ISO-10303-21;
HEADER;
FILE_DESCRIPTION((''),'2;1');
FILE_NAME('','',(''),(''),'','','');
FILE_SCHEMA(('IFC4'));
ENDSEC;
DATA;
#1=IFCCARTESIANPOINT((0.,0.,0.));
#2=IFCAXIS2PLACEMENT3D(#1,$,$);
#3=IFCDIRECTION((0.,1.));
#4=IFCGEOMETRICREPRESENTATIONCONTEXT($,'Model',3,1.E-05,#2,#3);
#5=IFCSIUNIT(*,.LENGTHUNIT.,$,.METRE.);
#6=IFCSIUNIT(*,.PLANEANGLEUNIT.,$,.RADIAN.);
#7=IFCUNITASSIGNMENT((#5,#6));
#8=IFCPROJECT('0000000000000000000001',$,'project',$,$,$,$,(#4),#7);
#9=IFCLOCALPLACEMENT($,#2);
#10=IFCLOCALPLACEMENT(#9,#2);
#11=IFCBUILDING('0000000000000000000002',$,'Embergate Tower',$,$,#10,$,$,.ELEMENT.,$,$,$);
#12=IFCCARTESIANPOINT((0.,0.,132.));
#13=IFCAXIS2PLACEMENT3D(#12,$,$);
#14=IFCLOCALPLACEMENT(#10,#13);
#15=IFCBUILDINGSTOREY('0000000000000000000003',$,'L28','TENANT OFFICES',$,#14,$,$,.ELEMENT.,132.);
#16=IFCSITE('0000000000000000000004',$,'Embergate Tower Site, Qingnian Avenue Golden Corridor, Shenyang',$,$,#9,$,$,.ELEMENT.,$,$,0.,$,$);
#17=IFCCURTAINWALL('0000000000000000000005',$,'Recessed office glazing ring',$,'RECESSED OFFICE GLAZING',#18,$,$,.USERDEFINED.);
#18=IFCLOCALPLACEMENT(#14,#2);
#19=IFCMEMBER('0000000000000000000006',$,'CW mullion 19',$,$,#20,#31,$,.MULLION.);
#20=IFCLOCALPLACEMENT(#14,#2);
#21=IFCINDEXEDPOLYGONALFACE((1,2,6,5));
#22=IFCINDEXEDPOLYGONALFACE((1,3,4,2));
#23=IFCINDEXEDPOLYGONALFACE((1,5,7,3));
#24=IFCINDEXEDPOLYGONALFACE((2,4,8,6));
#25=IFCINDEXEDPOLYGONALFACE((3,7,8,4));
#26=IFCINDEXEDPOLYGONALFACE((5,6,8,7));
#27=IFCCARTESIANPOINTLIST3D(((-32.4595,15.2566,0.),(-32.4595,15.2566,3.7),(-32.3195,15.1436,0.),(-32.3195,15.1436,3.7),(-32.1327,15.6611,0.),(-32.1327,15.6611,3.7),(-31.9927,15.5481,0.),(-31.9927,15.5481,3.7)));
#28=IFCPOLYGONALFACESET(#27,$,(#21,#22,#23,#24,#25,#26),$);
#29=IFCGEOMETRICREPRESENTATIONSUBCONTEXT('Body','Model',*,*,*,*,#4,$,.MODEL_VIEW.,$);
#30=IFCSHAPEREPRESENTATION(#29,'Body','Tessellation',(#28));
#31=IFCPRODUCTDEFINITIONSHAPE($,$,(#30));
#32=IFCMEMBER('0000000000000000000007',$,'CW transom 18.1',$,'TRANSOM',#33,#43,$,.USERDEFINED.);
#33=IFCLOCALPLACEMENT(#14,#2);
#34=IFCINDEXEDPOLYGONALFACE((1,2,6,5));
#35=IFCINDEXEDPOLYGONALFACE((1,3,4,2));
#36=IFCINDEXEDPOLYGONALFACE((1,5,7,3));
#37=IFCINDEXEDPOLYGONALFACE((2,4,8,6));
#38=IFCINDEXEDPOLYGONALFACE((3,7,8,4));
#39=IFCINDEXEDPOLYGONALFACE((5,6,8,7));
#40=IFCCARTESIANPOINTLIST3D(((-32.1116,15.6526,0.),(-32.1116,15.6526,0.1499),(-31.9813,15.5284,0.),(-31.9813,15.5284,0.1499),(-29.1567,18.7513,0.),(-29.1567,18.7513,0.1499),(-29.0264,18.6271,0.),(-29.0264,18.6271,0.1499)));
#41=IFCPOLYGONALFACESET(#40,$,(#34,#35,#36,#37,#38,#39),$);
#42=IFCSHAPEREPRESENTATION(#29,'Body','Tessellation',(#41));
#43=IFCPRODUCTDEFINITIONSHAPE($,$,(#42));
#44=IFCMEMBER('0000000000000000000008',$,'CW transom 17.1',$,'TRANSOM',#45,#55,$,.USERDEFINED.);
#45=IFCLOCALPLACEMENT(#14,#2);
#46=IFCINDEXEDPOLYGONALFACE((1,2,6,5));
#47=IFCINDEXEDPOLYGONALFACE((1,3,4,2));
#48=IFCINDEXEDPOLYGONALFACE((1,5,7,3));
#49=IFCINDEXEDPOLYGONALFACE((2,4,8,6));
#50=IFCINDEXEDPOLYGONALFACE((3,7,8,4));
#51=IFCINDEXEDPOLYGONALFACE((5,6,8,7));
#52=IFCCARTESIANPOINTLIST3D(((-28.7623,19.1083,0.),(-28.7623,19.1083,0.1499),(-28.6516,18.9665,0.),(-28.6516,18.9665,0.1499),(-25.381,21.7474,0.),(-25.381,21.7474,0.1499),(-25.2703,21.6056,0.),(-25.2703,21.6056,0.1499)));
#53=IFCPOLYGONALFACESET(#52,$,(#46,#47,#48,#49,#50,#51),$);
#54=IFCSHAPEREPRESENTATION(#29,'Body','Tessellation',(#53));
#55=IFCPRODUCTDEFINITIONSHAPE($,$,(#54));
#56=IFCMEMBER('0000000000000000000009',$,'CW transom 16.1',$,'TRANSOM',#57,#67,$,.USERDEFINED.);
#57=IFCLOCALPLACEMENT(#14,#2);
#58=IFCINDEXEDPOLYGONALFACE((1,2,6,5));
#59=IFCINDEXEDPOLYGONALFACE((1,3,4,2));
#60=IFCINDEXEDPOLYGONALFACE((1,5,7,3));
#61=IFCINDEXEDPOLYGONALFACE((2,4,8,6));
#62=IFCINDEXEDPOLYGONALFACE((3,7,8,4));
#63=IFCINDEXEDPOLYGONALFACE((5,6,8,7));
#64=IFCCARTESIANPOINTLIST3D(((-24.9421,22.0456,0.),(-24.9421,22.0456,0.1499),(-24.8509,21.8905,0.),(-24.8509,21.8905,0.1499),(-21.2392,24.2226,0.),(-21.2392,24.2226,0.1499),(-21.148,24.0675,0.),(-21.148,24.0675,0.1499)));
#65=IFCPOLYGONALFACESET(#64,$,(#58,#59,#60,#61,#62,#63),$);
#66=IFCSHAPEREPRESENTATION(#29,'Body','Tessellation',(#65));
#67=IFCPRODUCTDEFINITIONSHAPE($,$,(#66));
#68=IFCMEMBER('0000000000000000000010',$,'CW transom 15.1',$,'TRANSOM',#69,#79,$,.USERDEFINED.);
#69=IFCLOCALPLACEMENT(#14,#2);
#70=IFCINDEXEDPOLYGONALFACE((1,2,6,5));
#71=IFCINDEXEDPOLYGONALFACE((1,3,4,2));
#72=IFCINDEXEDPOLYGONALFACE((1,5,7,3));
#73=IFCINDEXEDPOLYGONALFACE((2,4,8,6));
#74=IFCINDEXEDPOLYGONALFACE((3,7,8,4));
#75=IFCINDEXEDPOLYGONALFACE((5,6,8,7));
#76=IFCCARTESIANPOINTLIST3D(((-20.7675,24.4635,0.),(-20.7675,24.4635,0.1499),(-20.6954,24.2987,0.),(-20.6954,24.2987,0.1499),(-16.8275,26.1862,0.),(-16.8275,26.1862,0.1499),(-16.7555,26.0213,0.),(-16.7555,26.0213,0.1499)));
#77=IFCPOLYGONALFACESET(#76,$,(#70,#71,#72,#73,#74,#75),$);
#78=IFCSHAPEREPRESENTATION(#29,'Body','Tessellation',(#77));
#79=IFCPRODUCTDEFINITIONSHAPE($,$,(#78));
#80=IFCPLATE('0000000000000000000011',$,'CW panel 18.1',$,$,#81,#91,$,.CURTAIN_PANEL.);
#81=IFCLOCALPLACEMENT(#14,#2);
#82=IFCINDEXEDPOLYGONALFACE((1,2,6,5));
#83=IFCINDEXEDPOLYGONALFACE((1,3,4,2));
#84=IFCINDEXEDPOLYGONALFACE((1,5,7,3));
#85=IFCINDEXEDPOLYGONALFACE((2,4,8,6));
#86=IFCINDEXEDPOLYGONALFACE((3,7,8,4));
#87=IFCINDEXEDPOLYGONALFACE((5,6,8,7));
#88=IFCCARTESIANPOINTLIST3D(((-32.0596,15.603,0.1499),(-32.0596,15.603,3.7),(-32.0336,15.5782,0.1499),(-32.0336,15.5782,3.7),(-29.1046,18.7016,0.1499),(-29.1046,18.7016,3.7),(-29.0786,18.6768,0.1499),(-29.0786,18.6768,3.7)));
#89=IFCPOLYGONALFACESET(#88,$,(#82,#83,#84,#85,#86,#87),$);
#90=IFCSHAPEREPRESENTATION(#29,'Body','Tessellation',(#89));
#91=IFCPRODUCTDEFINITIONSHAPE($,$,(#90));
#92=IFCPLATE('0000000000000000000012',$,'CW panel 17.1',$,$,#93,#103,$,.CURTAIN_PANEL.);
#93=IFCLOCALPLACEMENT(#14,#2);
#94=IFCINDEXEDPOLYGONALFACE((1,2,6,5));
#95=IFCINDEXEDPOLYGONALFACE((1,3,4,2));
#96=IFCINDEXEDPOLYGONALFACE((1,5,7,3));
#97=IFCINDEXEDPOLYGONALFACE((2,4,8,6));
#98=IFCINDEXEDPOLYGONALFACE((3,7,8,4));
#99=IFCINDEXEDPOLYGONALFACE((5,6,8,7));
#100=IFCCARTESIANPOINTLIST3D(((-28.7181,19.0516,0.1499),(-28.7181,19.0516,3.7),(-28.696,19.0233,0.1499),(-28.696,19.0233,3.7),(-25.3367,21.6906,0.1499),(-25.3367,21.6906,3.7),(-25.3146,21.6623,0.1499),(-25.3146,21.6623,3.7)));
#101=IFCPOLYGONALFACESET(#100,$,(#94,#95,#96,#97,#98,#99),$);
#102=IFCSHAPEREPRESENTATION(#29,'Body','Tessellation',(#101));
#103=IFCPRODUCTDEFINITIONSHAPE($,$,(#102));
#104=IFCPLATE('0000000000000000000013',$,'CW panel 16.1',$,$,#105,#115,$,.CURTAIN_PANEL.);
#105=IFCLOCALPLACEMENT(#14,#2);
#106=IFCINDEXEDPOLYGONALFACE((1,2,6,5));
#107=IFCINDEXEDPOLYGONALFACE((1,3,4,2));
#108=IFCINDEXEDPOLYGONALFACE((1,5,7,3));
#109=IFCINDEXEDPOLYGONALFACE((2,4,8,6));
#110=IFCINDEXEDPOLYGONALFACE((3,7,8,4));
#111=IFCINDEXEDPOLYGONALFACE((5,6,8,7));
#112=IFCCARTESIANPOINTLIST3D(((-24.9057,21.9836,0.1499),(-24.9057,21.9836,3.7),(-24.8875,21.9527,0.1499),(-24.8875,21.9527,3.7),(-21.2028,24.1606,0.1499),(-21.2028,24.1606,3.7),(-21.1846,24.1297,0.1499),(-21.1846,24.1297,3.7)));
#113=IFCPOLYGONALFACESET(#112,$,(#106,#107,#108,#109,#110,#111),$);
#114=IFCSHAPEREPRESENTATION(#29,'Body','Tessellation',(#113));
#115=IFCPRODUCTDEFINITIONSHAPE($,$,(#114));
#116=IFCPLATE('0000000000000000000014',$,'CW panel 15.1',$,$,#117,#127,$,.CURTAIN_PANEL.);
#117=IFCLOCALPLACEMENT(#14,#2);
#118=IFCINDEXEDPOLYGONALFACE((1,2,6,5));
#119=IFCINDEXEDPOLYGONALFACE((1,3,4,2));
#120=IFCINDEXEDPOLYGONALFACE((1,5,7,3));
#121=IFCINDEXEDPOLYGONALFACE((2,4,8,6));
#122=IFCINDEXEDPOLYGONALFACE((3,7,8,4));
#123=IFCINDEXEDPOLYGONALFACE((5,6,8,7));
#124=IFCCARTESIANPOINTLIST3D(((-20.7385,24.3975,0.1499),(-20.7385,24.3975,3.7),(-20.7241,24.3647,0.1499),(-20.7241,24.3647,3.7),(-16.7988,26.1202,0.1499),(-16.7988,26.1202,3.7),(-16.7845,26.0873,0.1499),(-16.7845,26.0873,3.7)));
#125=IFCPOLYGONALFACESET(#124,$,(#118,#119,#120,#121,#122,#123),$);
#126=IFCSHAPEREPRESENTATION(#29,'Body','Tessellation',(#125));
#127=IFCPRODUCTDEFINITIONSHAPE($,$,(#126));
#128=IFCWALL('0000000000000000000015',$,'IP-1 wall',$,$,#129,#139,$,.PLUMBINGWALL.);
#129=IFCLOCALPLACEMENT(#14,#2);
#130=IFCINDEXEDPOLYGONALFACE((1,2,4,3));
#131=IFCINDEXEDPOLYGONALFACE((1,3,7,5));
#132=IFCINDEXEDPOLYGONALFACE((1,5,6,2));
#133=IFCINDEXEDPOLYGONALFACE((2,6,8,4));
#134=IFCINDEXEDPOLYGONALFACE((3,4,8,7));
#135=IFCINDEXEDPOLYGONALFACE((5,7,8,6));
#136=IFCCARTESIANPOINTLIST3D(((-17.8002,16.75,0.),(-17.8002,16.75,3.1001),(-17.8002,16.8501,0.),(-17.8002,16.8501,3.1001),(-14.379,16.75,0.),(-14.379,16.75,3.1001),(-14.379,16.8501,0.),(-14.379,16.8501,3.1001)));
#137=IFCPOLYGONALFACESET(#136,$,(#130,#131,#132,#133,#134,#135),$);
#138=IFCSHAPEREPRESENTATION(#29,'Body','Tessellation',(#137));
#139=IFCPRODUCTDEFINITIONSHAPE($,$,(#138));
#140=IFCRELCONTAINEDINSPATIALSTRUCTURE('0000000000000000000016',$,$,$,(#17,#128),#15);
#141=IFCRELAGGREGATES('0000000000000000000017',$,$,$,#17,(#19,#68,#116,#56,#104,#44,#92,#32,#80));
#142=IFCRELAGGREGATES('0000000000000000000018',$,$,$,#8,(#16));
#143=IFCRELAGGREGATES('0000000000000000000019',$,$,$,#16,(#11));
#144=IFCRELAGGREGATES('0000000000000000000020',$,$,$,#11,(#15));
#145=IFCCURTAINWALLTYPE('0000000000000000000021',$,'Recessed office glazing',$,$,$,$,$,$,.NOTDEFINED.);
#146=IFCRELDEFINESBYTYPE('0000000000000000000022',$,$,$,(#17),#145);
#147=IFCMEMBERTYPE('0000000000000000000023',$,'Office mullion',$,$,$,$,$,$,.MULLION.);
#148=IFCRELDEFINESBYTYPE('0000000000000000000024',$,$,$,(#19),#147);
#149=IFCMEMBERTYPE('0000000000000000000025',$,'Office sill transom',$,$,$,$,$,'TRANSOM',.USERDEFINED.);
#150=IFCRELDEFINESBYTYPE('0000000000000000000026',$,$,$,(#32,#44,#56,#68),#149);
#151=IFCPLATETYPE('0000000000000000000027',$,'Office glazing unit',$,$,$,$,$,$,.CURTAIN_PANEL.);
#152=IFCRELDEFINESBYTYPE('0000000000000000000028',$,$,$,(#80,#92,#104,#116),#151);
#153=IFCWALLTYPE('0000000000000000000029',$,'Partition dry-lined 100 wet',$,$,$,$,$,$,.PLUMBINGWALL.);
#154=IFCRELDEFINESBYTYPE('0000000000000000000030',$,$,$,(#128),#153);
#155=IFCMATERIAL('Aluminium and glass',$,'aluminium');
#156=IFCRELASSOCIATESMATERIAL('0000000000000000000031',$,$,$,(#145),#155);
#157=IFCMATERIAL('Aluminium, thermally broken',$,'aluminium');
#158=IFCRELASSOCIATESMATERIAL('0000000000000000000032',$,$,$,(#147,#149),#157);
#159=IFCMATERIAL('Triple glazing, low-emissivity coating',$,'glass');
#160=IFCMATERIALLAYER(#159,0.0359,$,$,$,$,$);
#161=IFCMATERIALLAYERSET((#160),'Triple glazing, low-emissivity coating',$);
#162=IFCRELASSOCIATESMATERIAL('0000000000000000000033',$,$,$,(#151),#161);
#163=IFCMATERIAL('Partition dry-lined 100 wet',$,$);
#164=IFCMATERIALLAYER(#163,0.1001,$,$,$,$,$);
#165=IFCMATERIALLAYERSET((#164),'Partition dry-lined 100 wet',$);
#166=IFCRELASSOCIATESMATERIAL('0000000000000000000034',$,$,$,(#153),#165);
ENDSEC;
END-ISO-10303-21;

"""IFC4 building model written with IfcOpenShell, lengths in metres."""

from ifc_helpers import new_model, si_unit, direction, frame, frame_2d, origin, origin_2d, place, context, subcontext, project, spatial, rectangle, extrude, source, transform, mapped, material, layer, layer_set, material_profile, profile_set, type_object, element, aggregate, save


model = new_model("IFC4")

# Units and contexts
model_context = context("Model", 3, precision=1e-05, world=origin(), true_north=direction((0.0, 1.0)))
body_context = subcontext(model_context, "Body", "Model", "MODEL_VIEW")
ifc_project = project(units=[si_unit("LENGTHUNIT", "METRE"), si_unit("PLANEANGLEUNIT", "RADIAN")], contexts=[model_context])

# Site, building, storey
site_placement = place(None, origin())
site = spatial("IfcSite", under=ifc_project, at=site_placement, Name="Embergate Tower Site, Qingnian Avenue Golden Corridor, Shenyang", CompositionType="ELEMENT", RefElevation=0.0)
building_placement = place(site_placement, origin())
building = spatial("IfcBuilding", under=site, at=building_placement, Name="Embergate Tower", CompositionType="ELEMENT")
storey_placement = place(building_placement, frame((0.0, 0.0, 132.0)))
storey = spatial("IfcBuildingStorey", under=building, at=storey_placement, Name="L28", Description="TENANT OFFICES", CompositionType="ELEMENT", Elevation=132.0)

# Curtain wall, members, plates
ifc_material_1 = material(Name="Aluminium and glass", Category="aluminium")
curtain_wall_type = type_object("IfcCurtainWallType", Name="Recessed office glazing", PredefinedType="NOTDEFINED", material=ifc_material_1)
curtain_wall_placement = place(storey_placement, origin())
curtain_wall = element("IfcCurtainWall", 1, at=curtain_wall_placement, inside=storey, type_object=curtain_wall_type, Name="Recessed office glazing ring", ObjectType="RECESSED OFFICE GLAZING", PredefinedType="USERDEFINED")
ifc_material_2 = material(Name="Aluminium, thermally broken", Category="aluminium")
ifc_material_profile_1 = material_profile(ifc_material_2, rectangle(XDim=0.1799, YDim=0.52, at=origin_2d()), Name="AL 520x180")
ifc_profile_set_1 = profile_set([ifc_material_profile_1], Name="Aluminium, thermally broken")
member_type_1 = type_object("IfcMemberType", Name="Office mullion", PredefinedType="MULLION", material=ifc_profile_set_1)
shared_shape_1 = source(origin(), body_context, "Body", "SweptSolid", [
    extrude(rectangle(XDim=0.1799, YDim=0.52, at=origin_2d()), origin(), (0.0, 0.0, 1.0), 3.7),
])
member_1_placement = place(storey_placement, frame((-32.2261, 15.4023, 0.0), z_axis=(0.0, 0.0, 1.0), x_axis=(0.777873, -0.628422, 0.0)))
member_1 = element("IfcMember", 2, at=member_1_placement, type_object=member_type_1, Name="CW mullion 19", PredefinedType="MULLION", context=body_context, shape_type="MappedRepresentation", body=[
    mapped(shared_shape_1, transform((0.0, 0.0, 0.0))),
])
ifc_material_profile_2 = material_profile(ifc_material_2, rectangle(XDim=0.1799, YDim=0.1499, at=origin_2d()), Name="AL 150x180")
ifc_profile_set_2 = profile_set([ifc_material_profile_2], Name="Aluminium, thermally broken")
member_type_2 = type_object("IfcMemberType", Name="Office sill transom", ElementType="TRANSOM", PredefinedType="USERDEFINED", material=ifc_profile_set_2)
shared_shape_2 = source(origin(), body_context, "Body", "SweptSolid", [
    extrude(rectangle(XDim=0.1799, YDim=0.1499, at=origin_2d()), origin(), (0.0, 0.0, 1.0), 4.2817),
])
member_2_placement = place(storey_placement, frame((-29.0916, 18.6892, 0.075), z_axis=(-0.690115, -0.7237, 0.0), x_axis=(0.7237, -0.690115, 0.0)))
member_2 = element("IfcMember", 3, at=member_2_placement, type_object=member_type_2, Name="CW transom 18.1", ObjectType="TRANSOM", PredefinedType="USERDEFINED", context=body_context, shape_type="MappedRepresentation", body=[
    mapped(shared_shape_2, transform((0.0, 0.0, 0.0))),
])
shared_shape_3 = source(origin(), body_context, "Body", "SweptSolid", [
    extrude(rectangle(XDim=0.1799, YDim=0.1499, at=origin_2d()), origin(), (0.0, 0.0, 1.0), 4.2893),
])
member_3_placement = place(storey_placement, frame((-25.3257, 21.6765, 0.075), z_axis=(-0.788309, -0.615279, 0.0), x_axis=(0.615279, -0.788309, 0.0)))
member_3 = element("IfcMember", 4, at=member_3_placement, type_object=member_type_2, Name="CW transom 17.1", ObjectType="TRANSOM", PredefinedType="USERDEFINED", context=body_context, shape_type="MappedRepresentation", body=[
    mapped(shared_shape_3, transform((0.0, 0.0, 0.0))),
])
shared_shape_4 = source(origin(), body_context, "Body", "SweptSolid", [
    extrude(rectangle(XDim=0.1799, YDim=0.1499, at=origin_2d()), origin(), (0.0, 0.0, 1.0), 4.2954),
])
member_4_placement = place(storey_placement, frame((-21.1936, 24.145, 0.075), z_axis=(-0.862053, -0.506819, 0.0), x_axis=(0.506819, -0.862053, 0.0)))
member_4 = element("IfcMember", 5, at=member_4_placement, type_object=member_type_2, Name="CW transom 16.1", ObjectType="TRANSOM", PredefinedType="USERDEFINED", context=body_context, shape_type="MappedRepresentation", body=[
    mapped(shared_shape_4, transform((0.0, 0.0, 0.0))),
])
shared_shape_5 = source(origin(), body_context, "Body", "SweptSolid", [
    extrude(rectangle(XDim=0.1799, YDim=0.1499, at=origin_2d()), origin(), (0.0, 0.0, 1.0), 4.3),
])
member_5_placement = place(storey_placement, frame((-16.7915, 26.1038, 0.075), z_axis=(-0.916249, -0.40061, 0.0), x_axis=(0.40061, -0.916249, 0.0)))
member_5 = element("IfcMember", 6, at=member_5_placement, type_object=member_type_2, Name="CW transom 15.1", ObjectType="TRANSOM", PredefinedType="USERDEFINED", context=body_context, shape_type="MappedRepresentation", body=[
    mapped(shared_shape_5, transform((0.0, 0.0, 0.0))),
])
ifc_material_3 = material(Name="Triple glazing, low-emissivity coating", Category="glass")
ifc_layer_1 = layer(ifc_material_3, 0.0359)
ifc_layer_set_1 = layer_set([ifc_layer_1], Name="Triple glazing, low-emissivity coating")
plate_type = type_object("IfcPlateType", Name="Office glazing unit", PredefinedType="CURTAIN_PANEL", material=ifc_layer_set_1)
shared_shape_6 = source(origin(), body_context, "Body", "SweptSolid", [
    extrude(rectangle(XDim=4.2817, YDim=0.0359, at=origin_2d()), origin(), (0.0, 0.0, 1.0), 3.55),
])
plate_1_placement = place(storey_placement, frame((-30.5691, 17.1399, 0.1499), z_axis=(0.0, 0.0, 1.0), x_axis=(-0.690136, -0.723679, 0.0)))
plate_1 = element("IfcPlate", 7, at=plate_1_placement, type_object=plate_type, Name="CW panel 18.1", PredefinedType="CURTAIN_PANEL", context=body_context, shape_type="MappedRepresentation", body=[
    mapped(shared_shape_6, transform((0.0, 0.0, 0.0))),
])
shared_shape_7 = source(origin(), body_context, "Body", "SweptSolid", [
    extrude(rectangle(XDim=4.2893, YDim=0.0359, at=origin_2d()), origin(), (0.0, 0.0, 1.0), 3.55),
])
plate_2_placement = place(storey_placement, frame((-27.0164, 20.3569, 0.1499), z_axis=(0.0, 0.0, 1.0), x_axis=(-0.788322, -0.615263, 0.0)))
plate_2 = element("IfcPlate", 8, at=plate_2_placement, type_object=plate_type, Name="CW panel 17.1", PredefinedType="CURTAIN_PANEL", context=body_context, shape_type="MappedRepresentation", body=[
    mapped(shared_shape_7, transform((0.0, 0.0, 0.0))),
])
shared_shape_8 = source(origin(), body_context, "Body", "SweptSolid", [
    extrude(rectangle(XDim=4.2954, YDim=0.0359, at=origin_2d()), origin(), (0.0, 0.0, 1.0), 3.55),
])
plate_3_placement = place(storey_placement, frame((-23.0452, 23.0566, 0.1499), z_axis=(0.0, 0.0, 1.0), x_axis=(-0.862054, -0.506816, 0.0)))
plate_3 = element("IfcPlate", 9, at=plate_3_placement, type_object=plate_type, Name="CW panel 16.1", PredefinedType="CURTAIN_PANEL", context=body_context, shape_type="MappedRepresentation", body=[
    mapped(shared_shape_8, transform((0.0, 0.0, 0.0))),
])
shared_shape_9 = source(origin(), body_context, "Body", "SweptSolid", [
    extrude(rectangle(XDim=4.2998, YDim=0.0359, at=origin_2d()), origin(), (0.0, 0.0, 1.0), 3.55),
])
plate_4_placement = place(storey_placement, frame((-18.7615, 25.2424, 0.1499), z_axis=(0.0, 0.0, 1.0), x_axis=(-0.916237, -0.400637, 0.0)))
plate_4 = element("IfcPlate", 10, at=plate_4_placement, type_object=plate_type, Name="CW panel 15.1", PredefinedType="CURTAIN_PANEL", context=body_context, shape_type="MappedRepresentation", body=[
    mapped(shared_shape_9, transform((0.0, 0.0, 0.0))),
])
aggregate(curtain_wall, [member_1, member_5, plate_4, member_4, plate_3, member_3, plate_2, member_2, plate_1])

# Wall
ifc_material_4 = material(Name="Partition dry-lined 100 wet")
ifc_layer_2 = layer(ifc_material_4, 0.1001)
ifc_layer_set_2 = layer_set([ifc_layer_2], Name="Partition dry-lined 100 wet")
wall_type = type_object("IfcWallType", Name="Partition dry-lined 100 wet", PredefinedType="PLUMBINGWALL", material=ifc_layer_set_2)
shared_shape_10 = source(origin(), body_context, "Body", "SweptSolid", [
    extrude(rectangle(XDim=3.4211, YDim=0.1001, at=frame_2d((1.7104, 0.0))), origin(), (0.0, 0.0, 1.0), 3.1001),
])
wall_placement = place(storey_placement, frame((-17.8, 16.8, 0.0), z_axis=(0.0, 0.0, 1.0), x_axis=(1.0, 0.0, 0.0)))
element("IfcWall", 11, at=wall_placement, inside=storey, type_object=wall_type, Name="IP-1 wall", PredefinedType="PLUMBINGWALL", context=body_context, shape_type="MappedRepresentation", body=[
    mapped(shared_shape_10, transform((0.0, 0.0, 0.0))),
])

save(model, "model.ifc")
